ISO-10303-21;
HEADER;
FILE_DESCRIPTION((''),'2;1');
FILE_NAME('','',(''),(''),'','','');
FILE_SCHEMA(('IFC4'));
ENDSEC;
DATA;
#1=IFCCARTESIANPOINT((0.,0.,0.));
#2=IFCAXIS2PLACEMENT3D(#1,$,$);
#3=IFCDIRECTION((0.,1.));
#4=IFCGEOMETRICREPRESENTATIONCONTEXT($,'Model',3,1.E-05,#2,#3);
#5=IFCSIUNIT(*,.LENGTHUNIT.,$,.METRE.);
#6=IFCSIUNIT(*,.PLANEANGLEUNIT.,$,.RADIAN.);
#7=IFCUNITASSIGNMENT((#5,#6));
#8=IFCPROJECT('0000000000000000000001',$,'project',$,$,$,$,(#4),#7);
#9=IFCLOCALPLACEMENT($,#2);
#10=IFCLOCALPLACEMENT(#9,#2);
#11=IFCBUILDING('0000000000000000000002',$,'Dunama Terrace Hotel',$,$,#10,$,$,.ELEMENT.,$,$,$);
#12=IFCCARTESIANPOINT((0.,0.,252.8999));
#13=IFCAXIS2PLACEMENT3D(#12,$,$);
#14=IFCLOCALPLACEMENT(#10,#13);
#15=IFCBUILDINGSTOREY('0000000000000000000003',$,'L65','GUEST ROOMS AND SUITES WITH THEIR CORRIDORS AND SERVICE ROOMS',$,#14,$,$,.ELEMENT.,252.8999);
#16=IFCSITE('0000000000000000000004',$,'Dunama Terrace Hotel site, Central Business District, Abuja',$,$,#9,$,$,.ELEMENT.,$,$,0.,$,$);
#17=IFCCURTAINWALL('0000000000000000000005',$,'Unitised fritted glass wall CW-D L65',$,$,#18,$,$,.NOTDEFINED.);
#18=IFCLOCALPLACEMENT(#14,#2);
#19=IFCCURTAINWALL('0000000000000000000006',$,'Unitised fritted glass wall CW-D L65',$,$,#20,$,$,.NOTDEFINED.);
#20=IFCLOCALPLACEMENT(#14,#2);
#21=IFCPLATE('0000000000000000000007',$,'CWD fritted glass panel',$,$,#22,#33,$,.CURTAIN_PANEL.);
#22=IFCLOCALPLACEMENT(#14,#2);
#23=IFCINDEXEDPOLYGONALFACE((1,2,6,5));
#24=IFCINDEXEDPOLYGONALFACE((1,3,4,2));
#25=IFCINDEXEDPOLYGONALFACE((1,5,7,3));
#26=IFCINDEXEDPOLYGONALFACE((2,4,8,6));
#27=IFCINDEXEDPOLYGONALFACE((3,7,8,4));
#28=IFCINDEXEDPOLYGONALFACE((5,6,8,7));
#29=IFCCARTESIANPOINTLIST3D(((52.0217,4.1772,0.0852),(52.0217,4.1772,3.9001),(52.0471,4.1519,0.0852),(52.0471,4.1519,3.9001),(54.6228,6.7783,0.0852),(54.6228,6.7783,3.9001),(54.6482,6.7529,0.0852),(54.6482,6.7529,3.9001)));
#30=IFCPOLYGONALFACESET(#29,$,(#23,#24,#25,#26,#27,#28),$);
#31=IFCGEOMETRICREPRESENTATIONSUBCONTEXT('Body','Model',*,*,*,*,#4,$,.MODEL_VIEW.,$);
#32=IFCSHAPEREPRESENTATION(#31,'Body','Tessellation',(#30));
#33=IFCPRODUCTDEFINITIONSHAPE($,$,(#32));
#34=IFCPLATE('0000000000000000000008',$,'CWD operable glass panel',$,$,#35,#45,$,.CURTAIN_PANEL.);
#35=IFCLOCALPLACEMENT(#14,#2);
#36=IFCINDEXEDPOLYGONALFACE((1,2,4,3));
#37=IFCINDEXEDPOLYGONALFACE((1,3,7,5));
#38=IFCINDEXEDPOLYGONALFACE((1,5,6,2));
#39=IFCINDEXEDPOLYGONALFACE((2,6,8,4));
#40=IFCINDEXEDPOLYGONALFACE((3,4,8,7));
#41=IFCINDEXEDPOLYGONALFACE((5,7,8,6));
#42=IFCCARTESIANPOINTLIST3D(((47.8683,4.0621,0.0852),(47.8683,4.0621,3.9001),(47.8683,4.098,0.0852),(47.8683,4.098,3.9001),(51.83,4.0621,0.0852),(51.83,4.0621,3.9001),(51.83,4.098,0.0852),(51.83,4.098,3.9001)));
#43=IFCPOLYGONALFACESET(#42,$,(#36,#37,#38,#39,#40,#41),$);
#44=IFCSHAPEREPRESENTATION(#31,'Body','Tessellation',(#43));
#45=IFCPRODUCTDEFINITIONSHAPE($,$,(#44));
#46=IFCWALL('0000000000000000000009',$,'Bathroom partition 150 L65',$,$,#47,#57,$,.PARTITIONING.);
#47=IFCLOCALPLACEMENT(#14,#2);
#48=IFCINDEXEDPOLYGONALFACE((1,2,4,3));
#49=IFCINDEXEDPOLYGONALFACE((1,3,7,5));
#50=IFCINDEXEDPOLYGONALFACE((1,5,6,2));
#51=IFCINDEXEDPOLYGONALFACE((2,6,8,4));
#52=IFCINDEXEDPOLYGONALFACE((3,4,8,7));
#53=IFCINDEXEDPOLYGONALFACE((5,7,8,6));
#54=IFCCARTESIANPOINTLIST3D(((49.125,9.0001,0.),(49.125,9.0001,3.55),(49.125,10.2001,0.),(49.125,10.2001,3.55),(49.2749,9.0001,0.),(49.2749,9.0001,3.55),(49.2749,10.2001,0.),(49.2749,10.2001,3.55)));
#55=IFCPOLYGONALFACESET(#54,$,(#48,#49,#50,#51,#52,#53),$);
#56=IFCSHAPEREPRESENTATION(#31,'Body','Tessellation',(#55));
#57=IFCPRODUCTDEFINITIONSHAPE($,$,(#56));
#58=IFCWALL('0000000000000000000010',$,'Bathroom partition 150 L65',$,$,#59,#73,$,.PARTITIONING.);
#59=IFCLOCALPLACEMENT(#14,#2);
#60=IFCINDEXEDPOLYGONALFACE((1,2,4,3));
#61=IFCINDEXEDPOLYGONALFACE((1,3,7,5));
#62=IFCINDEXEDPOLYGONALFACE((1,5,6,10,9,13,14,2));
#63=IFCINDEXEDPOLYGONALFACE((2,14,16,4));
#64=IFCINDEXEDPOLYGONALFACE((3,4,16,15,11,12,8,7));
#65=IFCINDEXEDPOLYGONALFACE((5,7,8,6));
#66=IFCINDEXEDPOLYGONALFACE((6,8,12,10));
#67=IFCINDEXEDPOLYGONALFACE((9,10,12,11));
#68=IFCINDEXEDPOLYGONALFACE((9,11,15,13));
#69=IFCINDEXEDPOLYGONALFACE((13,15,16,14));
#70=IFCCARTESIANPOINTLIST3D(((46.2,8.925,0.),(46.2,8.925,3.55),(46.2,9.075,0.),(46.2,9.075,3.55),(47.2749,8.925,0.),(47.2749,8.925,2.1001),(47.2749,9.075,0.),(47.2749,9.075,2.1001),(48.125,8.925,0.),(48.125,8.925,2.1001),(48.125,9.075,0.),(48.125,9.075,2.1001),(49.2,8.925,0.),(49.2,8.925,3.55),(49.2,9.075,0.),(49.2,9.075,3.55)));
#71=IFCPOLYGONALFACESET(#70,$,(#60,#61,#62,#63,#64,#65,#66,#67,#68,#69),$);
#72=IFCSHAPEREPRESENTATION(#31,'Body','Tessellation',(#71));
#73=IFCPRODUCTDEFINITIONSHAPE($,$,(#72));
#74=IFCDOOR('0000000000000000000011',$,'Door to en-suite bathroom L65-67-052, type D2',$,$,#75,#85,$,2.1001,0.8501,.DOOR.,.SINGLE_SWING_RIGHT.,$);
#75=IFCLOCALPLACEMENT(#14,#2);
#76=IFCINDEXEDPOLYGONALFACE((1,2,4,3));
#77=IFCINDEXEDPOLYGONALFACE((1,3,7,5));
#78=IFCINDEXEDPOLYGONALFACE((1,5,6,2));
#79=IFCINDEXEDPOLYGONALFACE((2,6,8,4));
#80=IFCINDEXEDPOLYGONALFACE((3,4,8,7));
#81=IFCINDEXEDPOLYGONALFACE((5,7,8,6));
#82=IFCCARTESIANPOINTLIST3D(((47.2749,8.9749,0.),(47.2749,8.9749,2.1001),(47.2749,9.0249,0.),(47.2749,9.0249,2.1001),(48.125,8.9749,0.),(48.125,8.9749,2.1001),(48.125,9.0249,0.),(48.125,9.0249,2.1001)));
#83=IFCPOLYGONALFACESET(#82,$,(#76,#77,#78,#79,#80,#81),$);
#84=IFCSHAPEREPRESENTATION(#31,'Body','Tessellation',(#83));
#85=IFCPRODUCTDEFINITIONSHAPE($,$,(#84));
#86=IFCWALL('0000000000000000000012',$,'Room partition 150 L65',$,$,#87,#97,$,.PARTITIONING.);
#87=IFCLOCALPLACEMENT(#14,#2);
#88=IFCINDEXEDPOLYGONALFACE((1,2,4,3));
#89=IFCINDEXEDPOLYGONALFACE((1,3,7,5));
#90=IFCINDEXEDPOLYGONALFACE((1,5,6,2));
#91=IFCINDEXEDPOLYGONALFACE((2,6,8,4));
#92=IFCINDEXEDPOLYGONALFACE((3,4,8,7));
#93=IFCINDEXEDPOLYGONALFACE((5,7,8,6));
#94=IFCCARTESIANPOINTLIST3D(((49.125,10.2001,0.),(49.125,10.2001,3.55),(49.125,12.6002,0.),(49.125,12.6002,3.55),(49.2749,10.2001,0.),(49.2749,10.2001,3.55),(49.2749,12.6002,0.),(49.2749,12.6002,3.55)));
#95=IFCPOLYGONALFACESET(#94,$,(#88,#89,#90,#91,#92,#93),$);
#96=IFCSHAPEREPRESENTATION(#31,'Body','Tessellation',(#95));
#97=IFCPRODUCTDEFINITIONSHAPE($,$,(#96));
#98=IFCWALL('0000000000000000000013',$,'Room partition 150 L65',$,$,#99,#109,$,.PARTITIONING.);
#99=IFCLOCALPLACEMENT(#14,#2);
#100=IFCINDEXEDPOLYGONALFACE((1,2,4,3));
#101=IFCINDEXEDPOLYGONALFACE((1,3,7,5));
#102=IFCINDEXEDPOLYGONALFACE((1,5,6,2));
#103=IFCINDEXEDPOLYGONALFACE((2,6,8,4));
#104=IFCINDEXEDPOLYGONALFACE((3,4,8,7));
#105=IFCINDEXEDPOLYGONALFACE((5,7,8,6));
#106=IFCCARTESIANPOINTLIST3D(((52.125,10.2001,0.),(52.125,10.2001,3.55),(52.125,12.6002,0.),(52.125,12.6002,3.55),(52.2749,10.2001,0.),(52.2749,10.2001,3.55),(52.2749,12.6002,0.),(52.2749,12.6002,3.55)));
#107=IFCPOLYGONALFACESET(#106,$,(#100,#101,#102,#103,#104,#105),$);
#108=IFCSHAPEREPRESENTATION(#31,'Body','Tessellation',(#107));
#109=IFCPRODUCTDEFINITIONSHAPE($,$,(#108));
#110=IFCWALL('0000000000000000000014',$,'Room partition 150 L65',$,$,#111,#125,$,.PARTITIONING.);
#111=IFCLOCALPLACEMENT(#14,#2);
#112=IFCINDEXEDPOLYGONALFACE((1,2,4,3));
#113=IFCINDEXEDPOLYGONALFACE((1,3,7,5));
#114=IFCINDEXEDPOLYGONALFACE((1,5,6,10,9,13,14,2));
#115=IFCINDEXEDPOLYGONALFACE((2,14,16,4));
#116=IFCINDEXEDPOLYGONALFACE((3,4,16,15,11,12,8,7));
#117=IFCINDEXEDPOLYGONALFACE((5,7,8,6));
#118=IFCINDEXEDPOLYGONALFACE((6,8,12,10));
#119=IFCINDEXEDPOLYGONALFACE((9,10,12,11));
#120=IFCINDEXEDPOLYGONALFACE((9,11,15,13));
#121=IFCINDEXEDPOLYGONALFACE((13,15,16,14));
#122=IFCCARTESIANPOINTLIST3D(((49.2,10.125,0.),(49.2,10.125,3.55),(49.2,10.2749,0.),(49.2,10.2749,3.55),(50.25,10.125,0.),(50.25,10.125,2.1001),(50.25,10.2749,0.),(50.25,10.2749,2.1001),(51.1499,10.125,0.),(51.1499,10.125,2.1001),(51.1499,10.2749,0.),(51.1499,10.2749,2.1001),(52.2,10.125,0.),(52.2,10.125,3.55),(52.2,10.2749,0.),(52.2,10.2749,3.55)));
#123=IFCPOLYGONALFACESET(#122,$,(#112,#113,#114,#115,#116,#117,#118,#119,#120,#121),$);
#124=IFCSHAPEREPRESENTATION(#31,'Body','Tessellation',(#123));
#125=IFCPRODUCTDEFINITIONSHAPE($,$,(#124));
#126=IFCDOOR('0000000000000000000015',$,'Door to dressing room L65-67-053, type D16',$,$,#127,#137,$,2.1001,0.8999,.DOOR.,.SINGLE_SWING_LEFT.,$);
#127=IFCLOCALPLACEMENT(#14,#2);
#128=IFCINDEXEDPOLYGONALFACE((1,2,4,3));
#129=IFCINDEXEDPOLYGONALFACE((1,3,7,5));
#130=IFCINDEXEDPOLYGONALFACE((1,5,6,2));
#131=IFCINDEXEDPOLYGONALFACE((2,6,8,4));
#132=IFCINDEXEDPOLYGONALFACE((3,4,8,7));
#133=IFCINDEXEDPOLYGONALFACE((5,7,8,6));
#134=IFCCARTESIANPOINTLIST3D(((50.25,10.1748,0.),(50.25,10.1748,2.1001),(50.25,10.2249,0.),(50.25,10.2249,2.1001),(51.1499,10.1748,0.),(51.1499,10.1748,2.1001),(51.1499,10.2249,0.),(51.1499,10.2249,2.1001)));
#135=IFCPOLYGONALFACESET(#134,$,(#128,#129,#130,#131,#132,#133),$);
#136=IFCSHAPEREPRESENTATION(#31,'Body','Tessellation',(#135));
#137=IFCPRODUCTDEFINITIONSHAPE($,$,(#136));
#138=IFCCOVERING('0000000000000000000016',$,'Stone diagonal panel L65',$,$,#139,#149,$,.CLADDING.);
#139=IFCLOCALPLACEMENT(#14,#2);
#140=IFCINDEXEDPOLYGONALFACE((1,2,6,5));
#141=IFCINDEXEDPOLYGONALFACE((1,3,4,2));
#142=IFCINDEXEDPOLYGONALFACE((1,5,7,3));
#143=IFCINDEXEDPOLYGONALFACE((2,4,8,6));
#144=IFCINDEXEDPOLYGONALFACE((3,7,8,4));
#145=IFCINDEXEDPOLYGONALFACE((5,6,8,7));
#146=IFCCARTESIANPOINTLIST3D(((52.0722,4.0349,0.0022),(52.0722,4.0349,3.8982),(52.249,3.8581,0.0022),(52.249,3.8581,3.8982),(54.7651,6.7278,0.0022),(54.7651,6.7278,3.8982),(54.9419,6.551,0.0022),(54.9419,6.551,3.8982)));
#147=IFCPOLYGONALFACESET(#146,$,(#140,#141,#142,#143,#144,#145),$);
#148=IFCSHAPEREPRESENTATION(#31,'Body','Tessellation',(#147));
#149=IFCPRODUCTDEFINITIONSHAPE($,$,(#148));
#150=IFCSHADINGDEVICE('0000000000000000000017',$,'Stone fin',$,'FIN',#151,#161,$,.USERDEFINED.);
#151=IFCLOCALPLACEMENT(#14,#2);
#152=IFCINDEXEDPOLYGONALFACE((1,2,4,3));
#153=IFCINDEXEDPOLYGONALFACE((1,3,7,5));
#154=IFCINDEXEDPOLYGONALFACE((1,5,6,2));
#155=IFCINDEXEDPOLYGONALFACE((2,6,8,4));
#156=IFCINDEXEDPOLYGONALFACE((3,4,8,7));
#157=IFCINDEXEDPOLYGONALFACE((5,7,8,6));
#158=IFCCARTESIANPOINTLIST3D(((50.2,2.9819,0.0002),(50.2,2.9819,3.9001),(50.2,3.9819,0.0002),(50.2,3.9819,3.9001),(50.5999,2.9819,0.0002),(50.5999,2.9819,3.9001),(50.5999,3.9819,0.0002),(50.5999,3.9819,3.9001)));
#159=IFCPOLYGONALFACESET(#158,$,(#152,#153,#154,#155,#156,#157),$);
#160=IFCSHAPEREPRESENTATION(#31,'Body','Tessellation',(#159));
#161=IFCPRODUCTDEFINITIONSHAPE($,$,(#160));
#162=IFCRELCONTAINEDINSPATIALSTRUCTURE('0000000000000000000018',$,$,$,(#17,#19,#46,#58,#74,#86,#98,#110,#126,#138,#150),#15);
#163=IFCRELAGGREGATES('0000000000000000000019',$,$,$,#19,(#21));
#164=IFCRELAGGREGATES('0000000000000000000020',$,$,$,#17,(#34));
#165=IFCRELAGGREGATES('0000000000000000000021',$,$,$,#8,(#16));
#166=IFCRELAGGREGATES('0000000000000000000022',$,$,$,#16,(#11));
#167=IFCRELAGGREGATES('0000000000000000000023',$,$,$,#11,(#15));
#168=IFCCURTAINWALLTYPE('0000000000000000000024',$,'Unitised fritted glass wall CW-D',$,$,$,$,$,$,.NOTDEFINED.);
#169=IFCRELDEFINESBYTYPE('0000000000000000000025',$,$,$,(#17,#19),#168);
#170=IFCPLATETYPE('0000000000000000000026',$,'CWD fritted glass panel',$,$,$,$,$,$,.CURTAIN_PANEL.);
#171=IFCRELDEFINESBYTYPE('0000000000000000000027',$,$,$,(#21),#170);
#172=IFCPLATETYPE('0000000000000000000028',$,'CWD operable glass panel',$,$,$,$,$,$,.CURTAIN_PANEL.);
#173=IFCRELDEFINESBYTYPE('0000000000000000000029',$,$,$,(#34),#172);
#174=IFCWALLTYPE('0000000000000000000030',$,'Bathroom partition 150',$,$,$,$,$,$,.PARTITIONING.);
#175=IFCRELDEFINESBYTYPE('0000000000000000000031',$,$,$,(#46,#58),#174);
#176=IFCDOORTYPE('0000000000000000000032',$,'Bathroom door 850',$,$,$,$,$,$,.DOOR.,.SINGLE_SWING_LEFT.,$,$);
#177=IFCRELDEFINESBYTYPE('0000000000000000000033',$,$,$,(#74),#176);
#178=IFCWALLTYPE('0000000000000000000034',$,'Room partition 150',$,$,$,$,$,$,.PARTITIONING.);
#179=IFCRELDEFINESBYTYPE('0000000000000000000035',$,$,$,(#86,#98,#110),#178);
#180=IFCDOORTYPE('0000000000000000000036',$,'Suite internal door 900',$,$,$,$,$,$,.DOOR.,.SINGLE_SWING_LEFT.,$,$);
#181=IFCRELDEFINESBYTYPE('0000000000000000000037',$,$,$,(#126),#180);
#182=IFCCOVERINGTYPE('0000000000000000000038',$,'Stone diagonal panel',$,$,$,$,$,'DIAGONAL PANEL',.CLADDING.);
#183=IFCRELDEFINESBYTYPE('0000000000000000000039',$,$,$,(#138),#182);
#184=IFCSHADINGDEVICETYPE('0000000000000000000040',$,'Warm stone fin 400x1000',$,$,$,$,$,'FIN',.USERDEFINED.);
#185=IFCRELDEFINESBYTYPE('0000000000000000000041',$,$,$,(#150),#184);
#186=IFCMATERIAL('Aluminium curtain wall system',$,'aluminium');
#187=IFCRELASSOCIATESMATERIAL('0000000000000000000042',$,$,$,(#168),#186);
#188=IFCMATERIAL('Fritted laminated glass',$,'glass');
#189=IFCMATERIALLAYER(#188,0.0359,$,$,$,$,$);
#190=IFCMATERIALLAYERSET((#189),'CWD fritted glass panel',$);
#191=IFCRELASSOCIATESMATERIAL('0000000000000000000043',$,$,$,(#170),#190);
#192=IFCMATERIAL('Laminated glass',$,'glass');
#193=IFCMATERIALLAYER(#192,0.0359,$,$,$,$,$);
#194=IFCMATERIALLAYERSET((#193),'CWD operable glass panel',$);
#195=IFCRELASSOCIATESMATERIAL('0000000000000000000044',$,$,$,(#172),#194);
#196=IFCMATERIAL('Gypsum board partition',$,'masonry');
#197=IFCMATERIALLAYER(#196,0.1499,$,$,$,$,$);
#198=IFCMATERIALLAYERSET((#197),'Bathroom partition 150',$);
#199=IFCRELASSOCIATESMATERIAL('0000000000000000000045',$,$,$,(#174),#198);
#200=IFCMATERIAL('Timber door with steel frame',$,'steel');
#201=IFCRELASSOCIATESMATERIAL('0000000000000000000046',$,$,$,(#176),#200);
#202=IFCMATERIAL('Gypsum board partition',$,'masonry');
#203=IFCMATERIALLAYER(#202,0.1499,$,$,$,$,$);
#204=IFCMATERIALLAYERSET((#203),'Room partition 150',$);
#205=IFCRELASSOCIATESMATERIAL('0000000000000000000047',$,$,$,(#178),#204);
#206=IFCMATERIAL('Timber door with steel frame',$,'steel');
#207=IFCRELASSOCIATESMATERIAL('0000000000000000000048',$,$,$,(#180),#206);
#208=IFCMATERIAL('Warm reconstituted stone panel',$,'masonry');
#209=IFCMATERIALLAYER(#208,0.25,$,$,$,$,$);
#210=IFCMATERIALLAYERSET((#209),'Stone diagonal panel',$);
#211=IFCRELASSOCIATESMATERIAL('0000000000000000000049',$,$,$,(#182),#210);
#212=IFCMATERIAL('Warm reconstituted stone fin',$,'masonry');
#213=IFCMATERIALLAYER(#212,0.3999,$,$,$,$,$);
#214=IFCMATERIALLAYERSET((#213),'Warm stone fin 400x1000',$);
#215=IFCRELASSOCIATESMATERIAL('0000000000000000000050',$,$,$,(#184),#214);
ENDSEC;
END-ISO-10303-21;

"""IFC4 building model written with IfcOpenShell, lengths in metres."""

from ifc_helpers import new_model, si_unit, direction, frame, frame_2d, origin, origin_2d, place, context, subcontext, project, spatial, rectangle, extrude, material, layer, layer_set, type_object, element, fill, aggregate, save


model = new_model("IFC4")

# Units and contexts
model_context = context("Model", 3, precision=1e-05, world=origin(), true_north=direction((0.0, 1.0)))
body_context = subcontext(model_context, "Body", "Model", "MODEL_VIEW")
ifc_project = project(units=[si_unit("LENGTHUNIT", "METRE"), si_unit("PLANEANGLEUNIT", "RADIAN")], contexts=[model_context])

# Site, building, storey
site_placement = place(None, origin())
site = spatial("IfcSite", under=ifc_project, at=site_placement, Name="Dunama Terrace Hotel site, Central Business District, Abuja", CompositionType="ELEMENT", RefElevation=0.0)
building_placement = place(site_placement, origin())
building = spatial("IfcBuilding", under=site, at=building_placement, Name="Dunama Terrace Hotel", CompositionType="ELEMENT")
storey_placement = place(building_placement, frame((0.0, 0.0, 252.8999)))
storey = spatial("IfcBuildingStorey", under=building, at=storey_placement, Name="L65", Description="GUEST ROOMS AND SUITES WITH THEIR CORRIDORS AND SERVICE ROOMS", CompositionType="ELEMENT", Elevation=252.8999)

# Curtain walls
ifc_material_1 = material(Name="Aluminium curtain wall system", Category="aluminium")
curtain_wall_type = type_object("IfcCurtainWallType", Name="Unitised fritted glass wall CW-D", PredefinedType="NOTDEFINED", material=ifc_material_1)
curtain_wall_1_placement = place(storey_placement, origin())
curtain_wall_1 = element("IfcCurtainWall", 1, at=curtain_wall_1_placement, inside=storey, type_object=curtain_wall_type, Name="Unitised fritted glass wall CW-D L65", PredefinedType="NOTDEFINED")
curtain_wall_2_placement = place(storey_placement, origin())
curtain_wall_2 = element("IfcCurtainWall", 2, at=curtain_wall_2_placement, inside=storey, type_object=curtain_wall_type, Name="Unitised fritted glass wall CW-D L65", PredefinedType="NOTDEFINED")

# Plates
ifc_material_2 = material(Name="Fritted laminated glass", Category="glass")
ifc_layer_1 = layer(ifc_material_2, 0.0359)
ifc_layer_set_1 = layer_set([ifc_layer_1], Name="CWD fritted glass panel")
plate_type_1 = type_object("IfcPlateType", Name="CWD fritted glass panel", PredefinedType="CURTAIN_PANEL", material=ifc_layer_set_1)
plate_1_placement = place(storey_placement, frame((53.335, 5.4651, 0.0852), z_axis=(0.0, 0.0, 1.0), x_axis=(0.707107, 0.707107, 0.0)))
plate_1 = element("IfcPlate", 3, at=plate_1_placement, type_object=plate_type_1, Name="CWD fritted glass panel", PredefinedType="CURTAIN_PANEL", context=body_context, shape_type="SweptSolid", body=[
    extrude(rectangle(XDim=3.6785, YDim=0.0359, at=origin_2d()), origin(), (0.0, 0.0, 1.0), 3.8149),
])
aggregate(curtain_wall_2, [plate_1])
ifc_material_3 = material(Name="Laminated glass", Category="glass")
ifc_layer_2 = layer(ifc_material_3, 0.0359)
ifc_layer_set_2 = layer_set([ifc_layer_2], Name="CWD operable glass panel")
plate_type_2 = type_object("IfcPlateType", Name="CWD operable glass panel", PredefinedType="CURTAIN_PANEL", material=ifc_layer_set_2)
plate_2_placement = place(storey_placement, frame((49.8491, 4.0801, 0.0852), z_axis=(0.0, 0.0, 1.0), x_axis=(1.0, 0.0, 0.0)))
plate_2 = element("IfcPlate", 4, at=plate_2_placement, type_object=plate_type_2, Name="CWD operable glass panel", PredefinedType="CURTAIN_PANEL", context=body_context, shape_type="SweptSolid", body=[
    extrude(rectangle(XDim=3.9617, YDim=0.0359, at=origin_2d()), origin(), (0.0, 0.0, 1.0), 3.8149),
])
aggregate(curtain_wall_1, [plate_2])

# Wall
ifc_material_4 = material(Name="Gypsum board partition", Category="masonry")
ifc_layer_3 = layer(ifc_material_4, 0.1499)
ifc_layer_set_3 = layer_set([ifc_layer_3], Name="Bathroom partition 150")
wall_type_1 = type_object("IfcWallType", Name="Bathroom partition 150", PredefinedType="PARTITIONING", material=ifc_layer_set_3)
wall_1_placement = place(storey_placement, frame((49.2, 9.0, 0.0), z_axis=(0.0, 0.0, 1.0), x_axis=(0.0, 1.0, 0.0)))
element("IfcWall", 5, at=wall_1_placement, inside=storey, type_object=wall_type_1, Name="Bathroom partition 150 L65", PredefinedType="PARTITIONING", context=body_context, shape_type="SweptSolid", body=[
    extrude(rectangle(XDim=1.2, YDim=0.1499, at=frame_2d((0.6001, 0.0))), origin(), (0.0, 0.0, 1.0), 3.55),
])

# Wall, opening, door
wall_2_placement = place(storey_placement, frame((46.2, 9.0, 0.0), z_axis=(0.0, 0.0, 1.0), x_axis=(1.0, 0.0, 0.0)))
wall_2 = element("IfcWall", 6, at=wall_2_placement, inside=storey, type_object=wall_type_1, Name="Bathroom partition 150 L65", PredefinedType="PARTITIONING", context=body_context, shape_type="SweptSolid", body=[
    extrude(rectangle(XDim=3.0, YDim=0.1499, at=frame_2d((1.5, 0.0))), origin(), (0.0, 0.0, 1.0), 3.55),
])
opening_1_placement = place(wall_2_placement, frame((1.075, 0.0, 0.0)))
opening_1 = element("IfcOpeningElement", 7, at=opening_1_placement, cuts=wall_2, PredefinedType="OPENING", context=body_context, shape_type="SweptSolid", body=[
    extrude(rectangle(XDim=0.8501, YDim=2.1001, at=frame_2d((0.425, 1.05))), frame((0.0, 0.085, 0.0), z_axis=(0.0, -1.0, 0.0), x_axis=(1.0, 0.0, 0.0)), (0.0, 0.0, 1.0), 0.1699),
])
ifc_material_5 = material(Name="Timber door with steel frame", Category="steel")
door_type_1 = type_object("IfcDoorType", Name="Bathroom door 850", OperationType="SINGLE_SWING_LEFT", PredefinedType="DOOR", material=ifc_material_5)
door_1_placement = place(opening_1_placement, origin())
door_1 = element("IfcDoor", 8, at=door_1_placement, inside=storey, type_object=door_type_1, Name="Door to en-suite bathroom L65-67-052, type D2", OperationType="SINGLE_SWING_RIGHT", OverallHeight=2.1001, OverallWidth=0.8501, PredefinedType="DOOR", context=body_context, shape_type="SweptSolid", body=[
    extrude(rectangle(XDim=0.8501, YDim=2.1001, at=frame_2d((0.425, 1.05))), frame((0.0, 0.0249, 0.0), z_axis=(0.0, -1.0, 0.0), x_axis=(1.0, 0.0, 0.0)), (0.0, 0.0, 1.0), 0.05),
])
fill(opening_1, door_1)

# Walls
ifc_material_6 = material(Name="Gypsum board partition", Category="masonry")
ifc_layer_4 = layer(ifc_material_6, 0.1499)
ifc_layer_set_4 = layer_set([ifc_layer_4], Name="Room partition 150")
wall_type_2 = type_object("IfcWallType", Name="Room partition 150", PredefinedType="PARTITIONING", material=ifc_layer_set_4)
for number, where, z_axis, x_axis, name in (
    (9, (49.2, 10.2, 0.0), (0.0, 0.0, 1.0), (0.0, 1.0, 0.0), "Room partition 150 L65"),
    (10, (52.2, 10.2, 0.0), (0.0, 0.0, 1.0), (0.0, 1.0, 0.0), "Room partition 150 L65"),
):
    element("IfcWall", number, at=place(storey_placement, frame(where, z_axis=z_axis, x_axis=x_axis)), inside=storey, type_object=wall_type_2, Name=name, PredefinedType="PARTITIONING", context=body_context, shape_type="SweptSolid", body=[
        extrude(rectangle(XDim=2.4001, YDim=0.1499, at=frame_2d((1.2002, 0.0))), origin(), (0.0, 0.0, 1.0), 3.55),
    ])

# Wall, opening, door
wall_3_placement = place(storey_placement, frame((49.2, 10.2, 0.0), z_axis=(0.0, 0.0, 1.0), x_axis=(1.0, 0.0, 0.0)))
wall_3 = element("IfcWall", 11, at=wall_3_placement, inside=storey, type_object=wall_type_2, Name="Room partition 150 L65", PredefinedType="PARTITIONING", context=body_context, shape_type="SweptSolid", body=[
    extrude(rectangle(XDim=3.0, YDim=0.1499, at=frame_2d((1.5, 0.0))), origin(), (0.0, 0.0, 1.0), 3.55),
])
opening_2_placement = place(wall_3_placement, frame((1.05, 0.0, 0.0)))
opening_2 = element("IfcOpeningElement", 12, at=opening_2_placement, cuts=wall_3, PredefinedType="OPENING", context=body_context, shape_type="SweptSolid", body=[
    extrude(rectangle(XDim=0.8999, YDim=2.1001, at=frame_2d((0.45, 1.05))), frame((0.0, 0.085, 0.0), z_axis=(0.0, -1.0, 0.0), x_axis=(1.0, 0.0, 0.0)), (0.0, 0.0, 1.0), 0.1699),
])
ifc_material_7 = material(Name="Timber door with steel frame", Category="steel")
door_type_2 = type_object("IfcDoorType", Name="Suite internal door 900", OperationType="SINGLE_SWING_LEFT", PredefinedType="DOOR", material=ifc_material_7)
door_2_placement = place(opening_2_placement, origin())
door_2 = element("IfcDoor", 13, at=door_2_placement, inside=storey, type_object=door_type_2, Name="Door to dressing room L65-67-053, type D16", OperationType="SINGLE_SWING_LEFT", OverallHeight=2.1001, OverallWidth=0.8999, PredefinedType="DOOR", context=body_context, shape_type="SweptSolid", body=[
    extrude(rectangle(XDim=0.8999, YDim=2.1001, at=frame_2d((0.45, 1.05))), frame((0.0, 0.0249, 0.0), z_axis=(0.0, -1.0, 0.0), x_axis=(1.0, 0.0, 0.0)), (0.0, 0.0, 1.0), 0.05),
])
fill(opening_2, door_2)

# Covering
ifc_material_8 = material(Name="Warm reconstituted stone panel", Category="masonry")
ifc_layer_5 = layer(ifc_material_8, 0.25)
ifc_layer_set_5 = layer_set([ifc_layer_5], Name="Stone diagonal panel")
covering_type = type_object("IfcCoveringType", Name="Stone diagonal panel", ElementType="DIAGONAL PANEL", PredefinedType="CLADDING", material=ifc_layer_set_5)
covering_placement = place(storey_placement, frame((53.5071, 5.293, 0.0022), z_axis=(0.0, 0.0, 1.0), x_axis=(0.707107, 0.707107, 0.0)))
element("IfcCovering", 14, at=covering_placement, inside=storey, type_object=covering_type, Name="Stone diagonal panel L65", PredefinedType="CLADDING", context=body_context, shape_type="SweptSolid", body=[
    extrude(rectangle(XDim=3.8083, YDim=0.25, at=origin_2d()), origin(), (0.0, 0.0, 1.0), 3.896),
])

# Shading device
ifc_material_9 = material(Name="Warm reconstituted stone fin", Category="masonry")
ifc_layer_6 = layer(ifc_material_9, 0.3999)
ifc_layer_set_6 = layer_set([ifc_layer_6], Name="Warm stone fin 400x1000")
shading_device_type = type_object("IfcShadingDeviceType", Name="Warm stone fin 400x1000", ElementType="FIN", PredefinedType="USERDEFINED", material=ifc_layer_set_6)
shading_device_placement = place(storey_placement, frame((50.3999, 3.4819, 0.0002), z_axis=(0.0, 0.0, 1.0), x_axis=(1.0, 0.0, 0.0)))
element("IfcShadingDevice", 15, at=shading_device_placement, inside=storey, type_object=shading_device_type, Name="Stone fin", ObjectType="FIN", PredefinedType="USERDEFINED", context=body_context, shape_type="SweptSolid", body=[
    extrude(rectangle(XDim=0.3999, YDim=1.0, at=origin_2d()), origin(), (0.0, 0.0, 1.0), 3.8999),
])

save(model, "model.ifc")
